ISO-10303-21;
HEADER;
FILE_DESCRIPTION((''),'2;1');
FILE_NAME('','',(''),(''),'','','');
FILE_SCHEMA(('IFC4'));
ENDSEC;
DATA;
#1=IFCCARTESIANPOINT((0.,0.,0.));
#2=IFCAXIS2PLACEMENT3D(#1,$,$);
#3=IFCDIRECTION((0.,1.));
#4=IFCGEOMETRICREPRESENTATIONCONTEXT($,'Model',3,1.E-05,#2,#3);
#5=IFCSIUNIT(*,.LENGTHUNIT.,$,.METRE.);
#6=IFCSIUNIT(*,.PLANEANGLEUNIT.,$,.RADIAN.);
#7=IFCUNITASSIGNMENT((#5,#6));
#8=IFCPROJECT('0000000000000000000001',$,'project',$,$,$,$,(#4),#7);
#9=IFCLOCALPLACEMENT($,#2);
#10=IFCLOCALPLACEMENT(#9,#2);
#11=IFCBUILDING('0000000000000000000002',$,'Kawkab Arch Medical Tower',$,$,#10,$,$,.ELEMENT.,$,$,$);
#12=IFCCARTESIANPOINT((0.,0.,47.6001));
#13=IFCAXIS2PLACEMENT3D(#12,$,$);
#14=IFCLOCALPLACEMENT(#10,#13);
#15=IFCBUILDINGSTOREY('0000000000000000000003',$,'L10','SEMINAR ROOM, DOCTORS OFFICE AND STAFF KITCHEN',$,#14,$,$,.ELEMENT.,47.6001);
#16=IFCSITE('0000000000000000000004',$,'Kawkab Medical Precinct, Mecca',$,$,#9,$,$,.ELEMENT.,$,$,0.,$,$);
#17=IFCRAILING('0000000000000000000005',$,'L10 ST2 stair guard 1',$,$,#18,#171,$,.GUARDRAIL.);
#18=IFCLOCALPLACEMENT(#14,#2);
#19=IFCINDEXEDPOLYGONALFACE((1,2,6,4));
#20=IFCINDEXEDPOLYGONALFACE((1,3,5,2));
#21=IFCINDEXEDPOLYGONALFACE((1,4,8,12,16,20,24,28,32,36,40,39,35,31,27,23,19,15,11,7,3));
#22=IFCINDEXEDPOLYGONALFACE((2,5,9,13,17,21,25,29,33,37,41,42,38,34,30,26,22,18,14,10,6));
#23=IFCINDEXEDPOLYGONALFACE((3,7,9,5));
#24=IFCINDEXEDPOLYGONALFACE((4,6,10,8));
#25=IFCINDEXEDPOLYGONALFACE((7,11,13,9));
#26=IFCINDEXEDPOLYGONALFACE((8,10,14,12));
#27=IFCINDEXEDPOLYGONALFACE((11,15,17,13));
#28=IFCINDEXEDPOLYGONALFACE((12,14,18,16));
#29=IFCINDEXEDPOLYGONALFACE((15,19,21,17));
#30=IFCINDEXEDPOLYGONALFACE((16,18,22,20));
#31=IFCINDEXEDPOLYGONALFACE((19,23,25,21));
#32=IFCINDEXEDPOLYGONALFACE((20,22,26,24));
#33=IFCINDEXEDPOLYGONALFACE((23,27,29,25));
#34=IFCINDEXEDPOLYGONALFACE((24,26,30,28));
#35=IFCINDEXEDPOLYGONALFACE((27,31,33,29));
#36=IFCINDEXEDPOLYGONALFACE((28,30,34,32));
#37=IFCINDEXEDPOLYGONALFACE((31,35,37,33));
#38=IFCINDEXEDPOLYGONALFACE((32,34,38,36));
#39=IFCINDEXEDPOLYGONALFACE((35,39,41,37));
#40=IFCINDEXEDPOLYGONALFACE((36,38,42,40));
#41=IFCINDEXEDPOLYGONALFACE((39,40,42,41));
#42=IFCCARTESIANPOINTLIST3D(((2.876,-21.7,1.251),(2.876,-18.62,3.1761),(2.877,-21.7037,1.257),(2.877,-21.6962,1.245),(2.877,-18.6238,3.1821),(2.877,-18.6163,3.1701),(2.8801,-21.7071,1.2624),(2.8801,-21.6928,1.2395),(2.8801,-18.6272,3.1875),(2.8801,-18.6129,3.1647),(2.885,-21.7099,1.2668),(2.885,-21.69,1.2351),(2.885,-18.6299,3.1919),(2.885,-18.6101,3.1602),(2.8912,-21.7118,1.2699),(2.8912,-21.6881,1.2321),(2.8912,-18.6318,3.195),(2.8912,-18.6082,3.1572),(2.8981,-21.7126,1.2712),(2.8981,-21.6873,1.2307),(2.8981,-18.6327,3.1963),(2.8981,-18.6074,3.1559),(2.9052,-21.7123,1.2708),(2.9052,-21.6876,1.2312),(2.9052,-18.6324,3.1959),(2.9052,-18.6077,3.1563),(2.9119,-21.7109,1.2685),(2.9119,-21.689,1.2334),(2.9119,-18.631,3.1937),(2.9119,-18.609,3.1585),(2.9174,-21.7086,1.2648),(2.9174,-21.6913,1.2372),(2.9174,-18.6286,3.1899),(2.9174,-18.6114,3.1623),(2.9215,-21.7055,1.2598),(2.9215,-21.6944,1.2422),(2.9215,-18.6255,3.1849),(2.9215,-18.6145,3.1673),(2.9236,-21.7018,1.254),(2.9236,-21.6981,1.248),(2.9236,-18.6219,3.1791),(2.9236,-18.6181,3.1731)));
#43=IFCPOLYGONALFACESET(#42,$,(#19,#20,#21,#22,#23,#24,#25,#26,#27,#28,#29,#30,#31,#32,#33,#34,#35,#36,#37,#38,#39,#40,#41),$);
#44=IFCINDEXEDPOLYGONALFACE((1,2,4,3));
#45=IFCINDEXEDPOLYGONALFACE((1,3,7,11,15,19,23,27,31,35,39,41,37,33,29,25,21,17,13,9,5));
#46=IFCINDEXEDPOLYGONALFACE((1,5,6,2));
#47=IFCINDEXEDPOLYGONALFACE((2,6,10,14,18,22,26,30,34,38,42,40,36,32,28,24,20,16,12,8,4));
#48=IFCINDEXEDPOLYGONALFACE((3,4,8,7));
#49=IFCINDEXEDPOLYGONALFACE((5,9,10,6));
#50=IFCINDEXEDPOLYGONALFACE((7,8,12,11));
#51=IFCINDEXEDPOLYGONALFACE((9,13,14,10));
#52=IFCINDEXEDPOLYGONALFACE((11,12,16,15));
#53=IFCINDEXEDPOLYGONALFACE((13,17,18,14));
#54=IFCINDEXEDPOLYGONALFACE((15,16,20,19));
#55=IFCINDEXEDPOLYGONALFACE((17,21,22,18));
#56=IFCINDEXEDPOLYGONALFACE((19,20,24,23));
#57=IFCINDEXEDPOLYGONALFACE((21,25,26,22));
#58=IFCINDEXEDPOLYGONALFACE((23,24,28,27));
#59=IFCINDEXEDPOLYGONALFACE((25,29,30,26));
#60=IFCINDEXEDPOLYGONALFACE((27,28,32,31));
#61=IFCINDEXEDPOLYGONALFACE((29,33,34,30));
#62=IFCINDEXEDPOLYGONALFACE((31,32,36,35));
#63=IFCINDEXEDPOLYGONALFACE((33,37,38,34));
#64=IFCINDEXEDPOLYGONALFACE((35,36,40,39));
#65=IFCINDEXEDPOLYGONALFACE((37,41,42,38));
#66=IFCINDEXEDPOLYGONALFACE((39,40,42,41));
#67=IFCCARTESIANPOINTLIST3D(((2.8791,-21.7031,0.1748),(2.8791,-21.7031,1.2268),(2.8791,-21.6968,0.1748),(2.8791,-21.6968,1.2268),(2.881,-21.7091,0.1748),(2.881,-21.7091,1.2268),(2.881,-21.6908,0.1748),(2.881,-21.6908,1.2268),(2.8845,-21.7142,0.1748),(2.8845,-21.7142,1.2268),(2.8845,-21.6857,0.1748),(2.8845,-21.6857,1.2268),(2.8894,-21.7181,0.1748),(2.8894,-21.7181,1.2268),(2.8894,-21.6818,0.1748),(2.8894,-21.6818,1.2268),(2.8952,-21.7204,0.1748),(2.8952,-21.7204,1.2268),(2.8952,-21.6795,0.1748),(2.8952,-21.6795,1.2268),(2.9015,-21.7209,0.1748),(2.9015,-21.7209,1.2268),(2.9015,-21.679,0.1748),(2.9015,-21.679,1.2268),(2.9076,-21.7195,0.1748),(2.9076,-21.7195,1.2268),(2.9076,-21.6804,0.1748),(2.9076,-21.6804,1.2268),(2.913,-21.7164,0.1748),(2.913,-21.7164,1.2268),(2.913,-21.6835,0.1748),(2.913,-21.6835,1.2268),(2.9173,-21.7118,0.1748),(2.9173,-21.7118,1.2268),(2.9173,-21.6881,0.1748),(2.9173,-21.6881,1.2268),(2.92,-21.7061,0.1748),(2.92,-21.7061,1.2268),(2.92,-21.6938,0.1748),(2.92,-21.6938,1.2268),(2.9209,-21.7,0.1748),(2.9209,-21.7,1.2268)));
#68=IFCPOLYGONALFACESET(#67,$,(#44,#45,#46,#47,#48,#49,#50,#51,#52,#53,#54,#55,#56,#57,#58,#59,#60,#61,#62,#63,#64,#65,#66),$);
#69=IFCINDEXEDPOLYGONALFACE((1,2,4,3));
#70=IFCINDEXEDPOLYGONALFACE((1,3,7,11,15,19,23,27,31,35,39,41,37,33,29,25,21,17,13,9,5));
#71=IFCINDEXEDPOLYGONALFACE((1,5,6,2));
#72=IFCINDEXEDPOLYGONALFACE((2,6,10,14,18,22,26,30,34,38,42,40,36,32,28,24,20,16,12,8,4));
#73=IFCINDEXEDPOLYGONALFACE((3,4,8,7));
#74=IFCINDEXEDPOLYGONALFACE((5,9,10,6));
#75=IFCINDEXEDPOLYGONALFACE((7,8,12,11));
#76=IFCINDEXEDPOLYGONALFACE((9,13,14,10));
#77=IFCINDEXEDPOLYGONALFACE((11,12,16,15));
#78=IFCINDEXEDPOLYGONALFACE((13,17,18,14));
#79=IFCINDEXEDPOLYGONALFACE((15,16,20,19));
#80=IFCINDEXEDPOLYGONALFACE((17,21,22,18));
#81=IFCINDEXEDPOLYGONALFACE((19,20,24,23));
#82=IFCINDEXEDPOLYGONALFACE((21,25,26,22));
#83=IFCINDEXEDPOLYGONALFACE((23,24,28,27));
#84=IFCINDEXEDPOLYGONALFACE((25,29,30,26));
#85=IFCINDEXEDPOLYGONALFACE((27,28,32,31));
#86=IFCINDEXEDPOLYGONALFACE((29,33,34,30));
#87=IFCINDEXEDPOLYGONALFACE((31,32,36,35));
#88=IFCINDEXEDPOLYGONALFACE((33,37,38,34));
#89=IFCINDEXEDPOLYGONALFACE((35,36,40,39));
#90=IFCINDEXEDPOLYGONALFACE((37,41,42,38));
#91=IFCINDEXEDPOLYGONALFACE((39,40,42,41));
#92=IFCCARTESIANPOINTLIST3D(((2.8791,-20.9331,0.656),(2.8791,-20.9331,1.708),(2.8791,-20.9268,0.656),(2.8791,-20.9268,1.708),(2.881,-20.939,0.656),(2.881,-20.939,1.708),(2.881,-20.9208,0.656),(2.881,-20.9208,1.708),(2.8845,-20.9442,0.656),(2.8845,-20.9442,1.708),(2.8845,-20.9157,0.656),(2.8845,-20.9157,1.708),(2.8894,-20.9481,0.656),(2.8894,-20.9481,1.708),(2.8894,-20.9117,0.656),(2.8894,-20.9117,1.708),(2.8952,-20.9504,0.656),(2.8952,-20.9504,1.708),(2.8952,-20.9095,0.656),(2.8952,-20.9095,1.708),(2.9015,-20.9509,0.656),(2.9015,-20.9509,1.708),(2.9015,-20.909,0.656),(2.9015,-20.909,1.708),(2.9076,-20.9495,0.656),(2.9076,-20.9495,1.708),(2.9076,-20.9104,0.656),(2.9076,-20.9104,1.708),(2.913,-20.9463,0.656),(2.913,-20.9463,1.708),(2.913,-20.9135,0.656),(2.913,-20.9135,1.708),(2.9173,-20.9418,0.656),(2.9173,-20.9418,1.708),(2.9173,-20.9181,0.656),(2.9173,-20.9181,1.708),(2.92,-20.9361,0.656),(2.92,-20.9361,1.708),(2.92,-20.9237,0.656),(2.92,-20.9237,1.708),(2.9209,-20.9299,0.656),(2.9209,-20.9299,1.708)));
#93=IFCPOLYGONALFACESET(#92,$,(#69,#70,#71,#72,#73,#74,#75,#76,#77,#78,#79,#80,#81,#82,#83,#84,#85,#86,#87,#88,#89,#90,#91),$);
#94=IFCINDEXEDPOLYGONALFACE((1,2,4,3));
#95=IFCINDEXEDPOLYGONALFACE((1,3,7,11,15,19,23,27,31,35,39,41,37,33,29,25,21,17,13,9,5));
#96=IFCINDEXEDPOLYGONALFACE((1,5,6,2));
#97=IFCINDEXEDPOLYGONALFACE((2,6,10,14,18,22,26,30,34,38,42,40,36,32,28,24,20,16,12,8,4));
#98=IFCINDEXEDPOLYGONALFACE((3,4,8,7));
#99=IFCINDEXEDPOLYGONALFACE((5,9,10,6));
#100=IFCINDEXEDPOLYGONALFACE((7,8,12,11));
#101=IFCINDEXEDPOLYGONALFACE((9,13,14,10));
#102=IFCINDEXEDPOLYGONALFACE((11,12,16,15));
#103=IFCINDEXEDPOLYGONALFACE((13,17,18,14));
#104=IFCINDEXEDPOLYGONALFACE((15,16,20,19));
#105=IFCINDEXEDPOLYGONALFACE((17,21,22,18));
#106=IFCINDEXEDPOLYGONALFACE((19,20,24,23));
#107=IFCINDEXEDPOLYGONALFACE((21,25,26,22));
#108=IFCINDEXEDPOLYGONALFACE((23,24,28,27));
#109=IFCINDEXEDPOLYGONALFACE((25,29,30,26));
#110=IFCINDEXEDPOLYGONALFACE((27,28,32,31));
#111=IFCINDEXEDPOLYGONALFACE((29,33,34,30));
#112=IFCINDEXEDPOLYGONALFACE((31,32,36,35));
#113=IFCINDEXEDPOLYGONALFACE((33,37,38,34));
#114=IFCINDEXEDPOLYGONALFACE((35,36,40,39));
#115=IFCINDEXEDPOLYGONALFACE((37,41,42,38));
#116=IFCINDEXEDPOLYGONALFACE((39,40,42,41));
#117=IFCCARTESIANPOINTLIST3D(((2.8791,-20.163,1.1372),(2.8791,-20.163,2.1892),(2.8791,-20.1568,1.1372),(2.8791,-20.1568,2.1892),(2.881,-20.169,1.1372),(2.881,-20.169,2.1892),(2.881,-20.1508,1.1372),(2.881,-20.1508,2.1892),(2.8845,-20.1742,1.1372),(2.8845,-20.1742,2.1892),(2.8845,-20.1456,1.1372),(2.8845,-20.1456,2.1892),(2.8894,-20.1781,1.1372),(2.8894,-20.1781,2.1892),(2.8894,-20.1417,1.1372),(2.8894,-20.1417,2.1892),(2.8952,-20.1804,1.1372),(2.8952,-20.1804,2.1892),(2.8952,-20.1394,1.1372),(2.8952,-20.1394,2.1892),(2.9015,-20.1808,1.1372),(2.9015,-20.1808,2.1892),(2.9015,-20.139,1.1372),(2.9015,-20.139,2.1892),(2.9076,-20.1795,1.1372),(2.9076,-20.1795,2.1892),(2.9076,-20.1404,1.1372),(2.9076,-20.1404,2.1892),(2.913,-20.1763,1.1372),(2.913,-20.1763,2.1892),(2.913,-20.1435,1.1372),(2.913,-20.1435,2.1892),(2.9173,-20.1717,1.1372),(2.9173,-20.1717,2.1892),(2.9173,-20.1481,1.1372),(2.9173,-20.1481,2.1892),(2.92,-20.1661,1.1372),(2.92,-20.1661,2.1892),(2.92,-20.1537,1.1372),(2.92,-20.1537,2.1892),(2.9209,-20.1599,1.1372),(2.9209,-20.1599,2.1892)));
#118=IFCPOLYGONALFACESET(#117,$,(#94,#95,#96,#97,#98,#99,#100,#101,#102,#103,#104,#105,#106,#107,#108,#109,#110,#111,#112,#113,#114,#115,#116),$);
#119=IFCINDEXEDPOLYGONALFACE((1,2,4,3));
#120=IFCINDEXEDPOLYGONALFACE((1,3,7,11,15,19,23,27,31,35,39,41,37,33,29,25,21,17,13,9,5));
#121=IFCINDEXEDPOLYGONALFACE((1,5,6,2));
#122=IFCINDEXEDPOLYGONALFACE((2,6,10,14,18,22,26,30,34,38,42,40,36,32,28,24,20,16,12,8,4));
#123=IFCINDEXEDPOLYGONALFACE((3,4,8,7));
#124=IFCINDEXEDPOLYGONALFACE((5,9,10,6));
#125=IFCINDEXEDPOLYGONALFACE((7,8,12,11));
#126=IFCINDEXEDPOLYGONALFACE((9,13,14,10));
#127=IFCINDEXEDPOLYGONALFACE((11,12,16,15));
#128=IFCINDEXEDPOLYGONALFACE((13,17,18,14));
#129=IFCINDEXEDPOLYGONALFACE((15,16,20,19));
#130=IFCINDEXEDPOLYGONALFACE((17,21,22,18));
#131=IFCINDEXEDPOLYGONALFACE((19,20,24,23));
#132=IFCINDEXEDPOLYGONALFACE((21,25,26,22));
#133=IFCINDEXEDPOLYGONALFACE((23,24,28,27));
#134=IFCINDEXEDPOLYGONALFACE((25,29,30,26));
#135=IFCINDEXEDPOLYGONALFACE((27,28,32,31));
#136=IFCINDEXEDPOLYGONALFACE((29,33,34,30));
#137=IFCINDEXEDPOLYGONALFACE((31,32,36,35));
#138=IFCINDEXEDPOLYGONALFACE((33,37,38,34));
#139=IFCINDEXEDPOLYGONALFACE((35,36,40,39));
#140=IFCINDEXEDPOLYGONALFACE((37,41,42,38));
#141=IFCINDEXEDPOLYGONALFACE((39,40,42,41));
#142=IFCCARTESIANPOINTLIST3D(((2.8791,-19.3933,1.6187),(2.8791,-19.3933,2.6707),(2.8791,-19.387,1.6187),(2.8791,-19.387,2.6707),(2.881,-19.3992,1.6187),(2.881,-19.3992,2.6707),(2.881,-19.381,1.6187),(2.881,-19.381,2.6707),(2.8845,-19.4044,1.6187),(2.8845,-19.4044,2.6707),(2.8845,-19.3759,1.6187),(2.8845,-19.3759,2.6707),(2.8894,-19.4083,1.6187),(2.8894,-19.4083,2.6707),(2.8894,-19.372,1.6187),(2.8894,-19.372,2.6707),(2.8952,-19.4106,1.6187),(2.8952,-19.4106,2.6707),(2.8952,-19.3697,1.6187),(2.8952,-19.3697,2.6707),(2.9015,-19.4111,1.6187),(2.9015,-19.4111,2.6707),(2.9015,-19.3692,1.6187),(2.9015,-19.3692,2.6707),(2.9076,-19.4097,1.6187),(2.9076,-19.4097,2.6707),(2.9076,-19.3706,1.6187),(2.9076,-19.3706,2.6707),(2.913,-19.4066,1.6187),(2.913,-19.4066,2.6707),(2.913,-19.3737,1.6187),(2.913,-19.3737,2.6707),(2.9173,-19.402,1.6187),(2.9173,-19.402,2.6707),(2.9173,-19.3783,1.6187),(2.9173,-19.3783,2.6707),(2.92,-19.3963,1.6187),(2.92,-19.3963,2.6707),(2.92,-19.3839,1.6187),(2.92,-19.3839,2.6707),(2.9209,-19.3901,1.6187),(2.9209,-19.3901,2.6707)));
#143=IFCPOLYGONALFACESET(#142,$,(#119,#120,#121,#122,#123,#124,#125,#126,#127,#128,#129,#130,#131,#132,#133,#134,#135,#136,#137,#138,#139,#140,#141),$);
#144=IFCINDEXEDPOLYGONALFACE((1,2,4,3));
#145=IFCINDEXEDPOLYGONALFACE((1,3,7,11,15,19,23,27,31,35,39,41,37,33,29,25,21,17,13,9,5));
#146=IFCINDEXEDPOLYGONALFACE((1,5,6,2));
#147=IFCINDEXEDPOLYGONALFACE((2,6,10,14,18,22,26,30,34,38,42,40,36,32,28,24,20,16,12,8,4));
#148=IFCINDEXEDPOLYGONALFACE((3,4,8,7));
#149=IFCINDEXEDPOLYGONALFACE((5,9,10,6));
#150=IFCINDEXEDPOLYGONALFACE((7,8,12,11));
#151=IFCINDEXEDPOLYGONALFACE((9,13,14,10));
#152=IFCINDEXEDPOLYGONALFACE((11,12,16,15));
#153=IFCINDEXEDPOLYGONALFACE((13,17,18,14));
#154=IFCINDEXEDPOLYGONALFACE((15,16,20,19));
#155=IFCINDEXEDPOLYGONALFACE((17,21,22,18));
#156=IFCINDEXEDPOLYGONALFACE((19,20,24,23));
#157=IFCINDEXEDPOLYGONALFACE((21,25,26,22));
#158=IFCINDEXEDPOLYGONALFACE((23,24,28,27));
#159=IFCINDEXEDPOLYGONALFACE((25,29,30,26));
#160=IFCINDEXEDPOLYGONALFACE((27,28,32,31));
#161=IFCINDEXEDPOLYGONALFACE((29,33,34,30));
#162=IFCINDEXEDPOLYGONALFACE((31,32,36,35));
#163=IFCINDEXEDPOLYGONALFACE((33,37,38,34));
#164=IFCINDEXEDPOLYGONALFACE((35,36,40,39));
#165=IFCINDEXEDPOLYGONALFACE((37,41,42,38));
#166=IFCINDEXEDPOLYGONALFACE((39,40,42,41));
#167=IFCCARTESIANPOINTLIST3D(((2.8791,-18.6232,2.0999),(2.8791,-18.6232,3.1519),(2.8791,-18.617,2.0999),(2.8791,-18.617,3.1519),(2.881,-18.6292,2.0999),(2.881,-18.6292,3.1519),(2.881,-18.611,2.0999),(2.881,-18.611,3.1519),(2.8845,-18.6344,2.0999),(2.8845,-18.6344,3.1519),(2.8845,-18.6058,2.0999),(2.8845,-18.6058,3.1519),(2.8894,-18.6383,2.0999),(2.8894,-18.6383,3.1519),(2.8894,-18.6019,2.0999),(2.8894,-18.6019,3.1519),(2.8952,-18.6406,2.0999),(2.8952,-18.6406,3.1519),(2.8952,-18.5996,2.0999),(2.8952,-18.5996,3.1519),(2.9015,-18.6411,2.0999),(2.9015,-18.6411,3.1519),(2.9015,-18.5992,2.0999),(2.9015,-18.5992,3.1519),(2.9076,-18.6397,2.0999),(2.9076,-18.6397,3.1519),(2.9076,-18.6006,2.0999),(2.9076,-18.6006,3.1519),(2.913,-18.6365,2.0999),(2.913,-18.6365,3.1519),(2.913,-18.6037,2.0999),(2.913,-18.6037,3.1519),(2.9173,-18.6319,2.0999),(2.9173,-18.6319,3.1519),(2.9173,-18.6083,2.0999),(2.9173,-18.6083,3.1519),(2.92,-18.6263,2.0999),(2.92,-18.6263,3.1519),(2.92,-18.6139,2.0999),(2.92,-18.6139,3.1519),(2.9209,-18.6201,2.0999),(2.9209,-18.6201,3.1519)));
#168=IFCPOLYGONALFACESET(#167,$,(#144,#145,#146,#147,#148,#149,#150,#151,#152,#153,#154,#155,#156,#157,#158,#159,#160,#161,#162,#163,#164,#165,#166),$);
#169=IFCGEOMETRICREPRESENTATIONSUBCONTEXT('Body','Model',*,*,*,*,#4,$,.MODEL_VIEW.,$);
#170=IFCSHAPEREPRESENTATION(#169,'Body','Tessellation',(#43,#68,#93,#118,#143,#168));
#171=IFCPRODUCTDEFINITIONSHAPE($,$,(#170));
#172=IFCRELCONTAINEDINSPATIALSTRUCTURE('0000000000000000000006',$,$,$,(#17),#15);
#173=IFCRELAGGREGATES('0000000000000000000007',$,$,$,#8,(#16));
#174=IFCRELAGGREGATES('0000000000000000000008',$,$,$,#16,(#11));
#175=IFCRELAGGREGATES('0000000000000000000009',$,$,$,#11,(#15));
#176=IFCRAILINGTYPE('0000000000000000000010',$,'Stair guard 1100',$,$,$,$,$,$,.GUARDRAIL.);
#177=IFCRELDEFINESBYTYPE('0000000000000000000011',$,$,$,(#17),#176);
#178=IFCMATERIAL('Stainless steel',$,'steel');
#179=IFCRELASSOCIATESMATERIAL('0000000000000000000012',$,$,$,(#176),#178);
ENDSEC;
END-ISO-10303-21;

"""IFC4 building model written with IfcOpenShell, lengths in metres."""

from ifc_helpers import new_model, si_unit, direction, frame, origin, origin_2d, place, context, subcontext, project, spatial, circle, extrude, material, type_object, element, save


model = new_model("IFC4")

# Units and contexts
model_context = context("Model", 3, precision=1e-05, world=origin(), true_north=direction((0.0, 1.0)))
body_context = subcontext(model_context, "Body", "Model", "MODEL_VIEW")
ifc_project = project(units=[si_unit("LENGTHUNIT", "METRE"), si_unit("PLANEANGLEUNIT", "RADIAN")], contexts=[model_context])

# Site, building, storey
site_placement = place(None, origin())
site = spatial("IfcSite", under=ifc_project, at=site_placement, Name="Kawkab Medical Precinct, Mecca", CompositionType="ELEMENT", RefElevation=0.0)
building_placement = place(site_placement, origin())
building = spatial("IfcBuilding", under=site, at=building_placement, Name="Kawkab Arch Medical Tower", CompositionType="ELEMENT")
storey_placement = place(building_placement, frame((0.0, 0.0, 47.6001)))
storey = spatial("IfcBuildingStorey", under=building, at=storey_placement, Name="L10", Description="SEMINAR ROOM, DOCTORS OFFICE AND STAFF KITCHEN", CompositionType="ELEMENT", Elevation=47.6001)

# Railing
ifc_material_1 = material(Name="Stainless steel", Category="steel")
railing_type = type_object("IfcRailingType", Name="Stair guard 1100", PredefinedType="GUARDRAIL", material=ifc_material_1)
railing_1_placement = place(storey_placement, frame((2.8999, -21.7, 0.1748)))
element("IfcRailing", 1, at=railing_1_placement, inside=storey, type_object=railing_type, Name="L10 ST2 stair guard 1", PredefinedType="GUARDRAIL", context=body_context, shape_type="SweptSolid", body=[
    extrude(circle(Radius=0.0239, at=origin_2d()), frame((0.0, 0.0, 1.0762), z_axis=(0.0, 0.847979, 0.530029), x_axis=(-1.0, 0.0, 0.0)), (0.0, 0.0, 1.0), 3.6321),
    extrude(circle(Radius=0.021, at=origin_2d()), origin(), (0.0, 0.0, 1.0), 1.052),
    extrude(circle(Radius=0.021, at=origin_2d()), frame((0.0, 0.77, 0.4812)), (0.0, 0.0, 1.0), 1.052),
    extrude(circle(Radius=0.021, at=origin_2d()), frame((0.0, 1.54, 0.9624)), (0.0, 0.0, 1.0), 1.052),
    extrude(circle(Radius=0.021, at=origin_2d()), frame((0.0, 2.3098, 1.4438)), (0.0, 0.0, 1.0), 1.052),
    extrude(circle(Radius=0.021, at=origin_2d()), frame((0.0, 3.0798, 1.925)), (0.0, 0.0, 1.0), 1.052),
])

save(model, "model.ifc")
